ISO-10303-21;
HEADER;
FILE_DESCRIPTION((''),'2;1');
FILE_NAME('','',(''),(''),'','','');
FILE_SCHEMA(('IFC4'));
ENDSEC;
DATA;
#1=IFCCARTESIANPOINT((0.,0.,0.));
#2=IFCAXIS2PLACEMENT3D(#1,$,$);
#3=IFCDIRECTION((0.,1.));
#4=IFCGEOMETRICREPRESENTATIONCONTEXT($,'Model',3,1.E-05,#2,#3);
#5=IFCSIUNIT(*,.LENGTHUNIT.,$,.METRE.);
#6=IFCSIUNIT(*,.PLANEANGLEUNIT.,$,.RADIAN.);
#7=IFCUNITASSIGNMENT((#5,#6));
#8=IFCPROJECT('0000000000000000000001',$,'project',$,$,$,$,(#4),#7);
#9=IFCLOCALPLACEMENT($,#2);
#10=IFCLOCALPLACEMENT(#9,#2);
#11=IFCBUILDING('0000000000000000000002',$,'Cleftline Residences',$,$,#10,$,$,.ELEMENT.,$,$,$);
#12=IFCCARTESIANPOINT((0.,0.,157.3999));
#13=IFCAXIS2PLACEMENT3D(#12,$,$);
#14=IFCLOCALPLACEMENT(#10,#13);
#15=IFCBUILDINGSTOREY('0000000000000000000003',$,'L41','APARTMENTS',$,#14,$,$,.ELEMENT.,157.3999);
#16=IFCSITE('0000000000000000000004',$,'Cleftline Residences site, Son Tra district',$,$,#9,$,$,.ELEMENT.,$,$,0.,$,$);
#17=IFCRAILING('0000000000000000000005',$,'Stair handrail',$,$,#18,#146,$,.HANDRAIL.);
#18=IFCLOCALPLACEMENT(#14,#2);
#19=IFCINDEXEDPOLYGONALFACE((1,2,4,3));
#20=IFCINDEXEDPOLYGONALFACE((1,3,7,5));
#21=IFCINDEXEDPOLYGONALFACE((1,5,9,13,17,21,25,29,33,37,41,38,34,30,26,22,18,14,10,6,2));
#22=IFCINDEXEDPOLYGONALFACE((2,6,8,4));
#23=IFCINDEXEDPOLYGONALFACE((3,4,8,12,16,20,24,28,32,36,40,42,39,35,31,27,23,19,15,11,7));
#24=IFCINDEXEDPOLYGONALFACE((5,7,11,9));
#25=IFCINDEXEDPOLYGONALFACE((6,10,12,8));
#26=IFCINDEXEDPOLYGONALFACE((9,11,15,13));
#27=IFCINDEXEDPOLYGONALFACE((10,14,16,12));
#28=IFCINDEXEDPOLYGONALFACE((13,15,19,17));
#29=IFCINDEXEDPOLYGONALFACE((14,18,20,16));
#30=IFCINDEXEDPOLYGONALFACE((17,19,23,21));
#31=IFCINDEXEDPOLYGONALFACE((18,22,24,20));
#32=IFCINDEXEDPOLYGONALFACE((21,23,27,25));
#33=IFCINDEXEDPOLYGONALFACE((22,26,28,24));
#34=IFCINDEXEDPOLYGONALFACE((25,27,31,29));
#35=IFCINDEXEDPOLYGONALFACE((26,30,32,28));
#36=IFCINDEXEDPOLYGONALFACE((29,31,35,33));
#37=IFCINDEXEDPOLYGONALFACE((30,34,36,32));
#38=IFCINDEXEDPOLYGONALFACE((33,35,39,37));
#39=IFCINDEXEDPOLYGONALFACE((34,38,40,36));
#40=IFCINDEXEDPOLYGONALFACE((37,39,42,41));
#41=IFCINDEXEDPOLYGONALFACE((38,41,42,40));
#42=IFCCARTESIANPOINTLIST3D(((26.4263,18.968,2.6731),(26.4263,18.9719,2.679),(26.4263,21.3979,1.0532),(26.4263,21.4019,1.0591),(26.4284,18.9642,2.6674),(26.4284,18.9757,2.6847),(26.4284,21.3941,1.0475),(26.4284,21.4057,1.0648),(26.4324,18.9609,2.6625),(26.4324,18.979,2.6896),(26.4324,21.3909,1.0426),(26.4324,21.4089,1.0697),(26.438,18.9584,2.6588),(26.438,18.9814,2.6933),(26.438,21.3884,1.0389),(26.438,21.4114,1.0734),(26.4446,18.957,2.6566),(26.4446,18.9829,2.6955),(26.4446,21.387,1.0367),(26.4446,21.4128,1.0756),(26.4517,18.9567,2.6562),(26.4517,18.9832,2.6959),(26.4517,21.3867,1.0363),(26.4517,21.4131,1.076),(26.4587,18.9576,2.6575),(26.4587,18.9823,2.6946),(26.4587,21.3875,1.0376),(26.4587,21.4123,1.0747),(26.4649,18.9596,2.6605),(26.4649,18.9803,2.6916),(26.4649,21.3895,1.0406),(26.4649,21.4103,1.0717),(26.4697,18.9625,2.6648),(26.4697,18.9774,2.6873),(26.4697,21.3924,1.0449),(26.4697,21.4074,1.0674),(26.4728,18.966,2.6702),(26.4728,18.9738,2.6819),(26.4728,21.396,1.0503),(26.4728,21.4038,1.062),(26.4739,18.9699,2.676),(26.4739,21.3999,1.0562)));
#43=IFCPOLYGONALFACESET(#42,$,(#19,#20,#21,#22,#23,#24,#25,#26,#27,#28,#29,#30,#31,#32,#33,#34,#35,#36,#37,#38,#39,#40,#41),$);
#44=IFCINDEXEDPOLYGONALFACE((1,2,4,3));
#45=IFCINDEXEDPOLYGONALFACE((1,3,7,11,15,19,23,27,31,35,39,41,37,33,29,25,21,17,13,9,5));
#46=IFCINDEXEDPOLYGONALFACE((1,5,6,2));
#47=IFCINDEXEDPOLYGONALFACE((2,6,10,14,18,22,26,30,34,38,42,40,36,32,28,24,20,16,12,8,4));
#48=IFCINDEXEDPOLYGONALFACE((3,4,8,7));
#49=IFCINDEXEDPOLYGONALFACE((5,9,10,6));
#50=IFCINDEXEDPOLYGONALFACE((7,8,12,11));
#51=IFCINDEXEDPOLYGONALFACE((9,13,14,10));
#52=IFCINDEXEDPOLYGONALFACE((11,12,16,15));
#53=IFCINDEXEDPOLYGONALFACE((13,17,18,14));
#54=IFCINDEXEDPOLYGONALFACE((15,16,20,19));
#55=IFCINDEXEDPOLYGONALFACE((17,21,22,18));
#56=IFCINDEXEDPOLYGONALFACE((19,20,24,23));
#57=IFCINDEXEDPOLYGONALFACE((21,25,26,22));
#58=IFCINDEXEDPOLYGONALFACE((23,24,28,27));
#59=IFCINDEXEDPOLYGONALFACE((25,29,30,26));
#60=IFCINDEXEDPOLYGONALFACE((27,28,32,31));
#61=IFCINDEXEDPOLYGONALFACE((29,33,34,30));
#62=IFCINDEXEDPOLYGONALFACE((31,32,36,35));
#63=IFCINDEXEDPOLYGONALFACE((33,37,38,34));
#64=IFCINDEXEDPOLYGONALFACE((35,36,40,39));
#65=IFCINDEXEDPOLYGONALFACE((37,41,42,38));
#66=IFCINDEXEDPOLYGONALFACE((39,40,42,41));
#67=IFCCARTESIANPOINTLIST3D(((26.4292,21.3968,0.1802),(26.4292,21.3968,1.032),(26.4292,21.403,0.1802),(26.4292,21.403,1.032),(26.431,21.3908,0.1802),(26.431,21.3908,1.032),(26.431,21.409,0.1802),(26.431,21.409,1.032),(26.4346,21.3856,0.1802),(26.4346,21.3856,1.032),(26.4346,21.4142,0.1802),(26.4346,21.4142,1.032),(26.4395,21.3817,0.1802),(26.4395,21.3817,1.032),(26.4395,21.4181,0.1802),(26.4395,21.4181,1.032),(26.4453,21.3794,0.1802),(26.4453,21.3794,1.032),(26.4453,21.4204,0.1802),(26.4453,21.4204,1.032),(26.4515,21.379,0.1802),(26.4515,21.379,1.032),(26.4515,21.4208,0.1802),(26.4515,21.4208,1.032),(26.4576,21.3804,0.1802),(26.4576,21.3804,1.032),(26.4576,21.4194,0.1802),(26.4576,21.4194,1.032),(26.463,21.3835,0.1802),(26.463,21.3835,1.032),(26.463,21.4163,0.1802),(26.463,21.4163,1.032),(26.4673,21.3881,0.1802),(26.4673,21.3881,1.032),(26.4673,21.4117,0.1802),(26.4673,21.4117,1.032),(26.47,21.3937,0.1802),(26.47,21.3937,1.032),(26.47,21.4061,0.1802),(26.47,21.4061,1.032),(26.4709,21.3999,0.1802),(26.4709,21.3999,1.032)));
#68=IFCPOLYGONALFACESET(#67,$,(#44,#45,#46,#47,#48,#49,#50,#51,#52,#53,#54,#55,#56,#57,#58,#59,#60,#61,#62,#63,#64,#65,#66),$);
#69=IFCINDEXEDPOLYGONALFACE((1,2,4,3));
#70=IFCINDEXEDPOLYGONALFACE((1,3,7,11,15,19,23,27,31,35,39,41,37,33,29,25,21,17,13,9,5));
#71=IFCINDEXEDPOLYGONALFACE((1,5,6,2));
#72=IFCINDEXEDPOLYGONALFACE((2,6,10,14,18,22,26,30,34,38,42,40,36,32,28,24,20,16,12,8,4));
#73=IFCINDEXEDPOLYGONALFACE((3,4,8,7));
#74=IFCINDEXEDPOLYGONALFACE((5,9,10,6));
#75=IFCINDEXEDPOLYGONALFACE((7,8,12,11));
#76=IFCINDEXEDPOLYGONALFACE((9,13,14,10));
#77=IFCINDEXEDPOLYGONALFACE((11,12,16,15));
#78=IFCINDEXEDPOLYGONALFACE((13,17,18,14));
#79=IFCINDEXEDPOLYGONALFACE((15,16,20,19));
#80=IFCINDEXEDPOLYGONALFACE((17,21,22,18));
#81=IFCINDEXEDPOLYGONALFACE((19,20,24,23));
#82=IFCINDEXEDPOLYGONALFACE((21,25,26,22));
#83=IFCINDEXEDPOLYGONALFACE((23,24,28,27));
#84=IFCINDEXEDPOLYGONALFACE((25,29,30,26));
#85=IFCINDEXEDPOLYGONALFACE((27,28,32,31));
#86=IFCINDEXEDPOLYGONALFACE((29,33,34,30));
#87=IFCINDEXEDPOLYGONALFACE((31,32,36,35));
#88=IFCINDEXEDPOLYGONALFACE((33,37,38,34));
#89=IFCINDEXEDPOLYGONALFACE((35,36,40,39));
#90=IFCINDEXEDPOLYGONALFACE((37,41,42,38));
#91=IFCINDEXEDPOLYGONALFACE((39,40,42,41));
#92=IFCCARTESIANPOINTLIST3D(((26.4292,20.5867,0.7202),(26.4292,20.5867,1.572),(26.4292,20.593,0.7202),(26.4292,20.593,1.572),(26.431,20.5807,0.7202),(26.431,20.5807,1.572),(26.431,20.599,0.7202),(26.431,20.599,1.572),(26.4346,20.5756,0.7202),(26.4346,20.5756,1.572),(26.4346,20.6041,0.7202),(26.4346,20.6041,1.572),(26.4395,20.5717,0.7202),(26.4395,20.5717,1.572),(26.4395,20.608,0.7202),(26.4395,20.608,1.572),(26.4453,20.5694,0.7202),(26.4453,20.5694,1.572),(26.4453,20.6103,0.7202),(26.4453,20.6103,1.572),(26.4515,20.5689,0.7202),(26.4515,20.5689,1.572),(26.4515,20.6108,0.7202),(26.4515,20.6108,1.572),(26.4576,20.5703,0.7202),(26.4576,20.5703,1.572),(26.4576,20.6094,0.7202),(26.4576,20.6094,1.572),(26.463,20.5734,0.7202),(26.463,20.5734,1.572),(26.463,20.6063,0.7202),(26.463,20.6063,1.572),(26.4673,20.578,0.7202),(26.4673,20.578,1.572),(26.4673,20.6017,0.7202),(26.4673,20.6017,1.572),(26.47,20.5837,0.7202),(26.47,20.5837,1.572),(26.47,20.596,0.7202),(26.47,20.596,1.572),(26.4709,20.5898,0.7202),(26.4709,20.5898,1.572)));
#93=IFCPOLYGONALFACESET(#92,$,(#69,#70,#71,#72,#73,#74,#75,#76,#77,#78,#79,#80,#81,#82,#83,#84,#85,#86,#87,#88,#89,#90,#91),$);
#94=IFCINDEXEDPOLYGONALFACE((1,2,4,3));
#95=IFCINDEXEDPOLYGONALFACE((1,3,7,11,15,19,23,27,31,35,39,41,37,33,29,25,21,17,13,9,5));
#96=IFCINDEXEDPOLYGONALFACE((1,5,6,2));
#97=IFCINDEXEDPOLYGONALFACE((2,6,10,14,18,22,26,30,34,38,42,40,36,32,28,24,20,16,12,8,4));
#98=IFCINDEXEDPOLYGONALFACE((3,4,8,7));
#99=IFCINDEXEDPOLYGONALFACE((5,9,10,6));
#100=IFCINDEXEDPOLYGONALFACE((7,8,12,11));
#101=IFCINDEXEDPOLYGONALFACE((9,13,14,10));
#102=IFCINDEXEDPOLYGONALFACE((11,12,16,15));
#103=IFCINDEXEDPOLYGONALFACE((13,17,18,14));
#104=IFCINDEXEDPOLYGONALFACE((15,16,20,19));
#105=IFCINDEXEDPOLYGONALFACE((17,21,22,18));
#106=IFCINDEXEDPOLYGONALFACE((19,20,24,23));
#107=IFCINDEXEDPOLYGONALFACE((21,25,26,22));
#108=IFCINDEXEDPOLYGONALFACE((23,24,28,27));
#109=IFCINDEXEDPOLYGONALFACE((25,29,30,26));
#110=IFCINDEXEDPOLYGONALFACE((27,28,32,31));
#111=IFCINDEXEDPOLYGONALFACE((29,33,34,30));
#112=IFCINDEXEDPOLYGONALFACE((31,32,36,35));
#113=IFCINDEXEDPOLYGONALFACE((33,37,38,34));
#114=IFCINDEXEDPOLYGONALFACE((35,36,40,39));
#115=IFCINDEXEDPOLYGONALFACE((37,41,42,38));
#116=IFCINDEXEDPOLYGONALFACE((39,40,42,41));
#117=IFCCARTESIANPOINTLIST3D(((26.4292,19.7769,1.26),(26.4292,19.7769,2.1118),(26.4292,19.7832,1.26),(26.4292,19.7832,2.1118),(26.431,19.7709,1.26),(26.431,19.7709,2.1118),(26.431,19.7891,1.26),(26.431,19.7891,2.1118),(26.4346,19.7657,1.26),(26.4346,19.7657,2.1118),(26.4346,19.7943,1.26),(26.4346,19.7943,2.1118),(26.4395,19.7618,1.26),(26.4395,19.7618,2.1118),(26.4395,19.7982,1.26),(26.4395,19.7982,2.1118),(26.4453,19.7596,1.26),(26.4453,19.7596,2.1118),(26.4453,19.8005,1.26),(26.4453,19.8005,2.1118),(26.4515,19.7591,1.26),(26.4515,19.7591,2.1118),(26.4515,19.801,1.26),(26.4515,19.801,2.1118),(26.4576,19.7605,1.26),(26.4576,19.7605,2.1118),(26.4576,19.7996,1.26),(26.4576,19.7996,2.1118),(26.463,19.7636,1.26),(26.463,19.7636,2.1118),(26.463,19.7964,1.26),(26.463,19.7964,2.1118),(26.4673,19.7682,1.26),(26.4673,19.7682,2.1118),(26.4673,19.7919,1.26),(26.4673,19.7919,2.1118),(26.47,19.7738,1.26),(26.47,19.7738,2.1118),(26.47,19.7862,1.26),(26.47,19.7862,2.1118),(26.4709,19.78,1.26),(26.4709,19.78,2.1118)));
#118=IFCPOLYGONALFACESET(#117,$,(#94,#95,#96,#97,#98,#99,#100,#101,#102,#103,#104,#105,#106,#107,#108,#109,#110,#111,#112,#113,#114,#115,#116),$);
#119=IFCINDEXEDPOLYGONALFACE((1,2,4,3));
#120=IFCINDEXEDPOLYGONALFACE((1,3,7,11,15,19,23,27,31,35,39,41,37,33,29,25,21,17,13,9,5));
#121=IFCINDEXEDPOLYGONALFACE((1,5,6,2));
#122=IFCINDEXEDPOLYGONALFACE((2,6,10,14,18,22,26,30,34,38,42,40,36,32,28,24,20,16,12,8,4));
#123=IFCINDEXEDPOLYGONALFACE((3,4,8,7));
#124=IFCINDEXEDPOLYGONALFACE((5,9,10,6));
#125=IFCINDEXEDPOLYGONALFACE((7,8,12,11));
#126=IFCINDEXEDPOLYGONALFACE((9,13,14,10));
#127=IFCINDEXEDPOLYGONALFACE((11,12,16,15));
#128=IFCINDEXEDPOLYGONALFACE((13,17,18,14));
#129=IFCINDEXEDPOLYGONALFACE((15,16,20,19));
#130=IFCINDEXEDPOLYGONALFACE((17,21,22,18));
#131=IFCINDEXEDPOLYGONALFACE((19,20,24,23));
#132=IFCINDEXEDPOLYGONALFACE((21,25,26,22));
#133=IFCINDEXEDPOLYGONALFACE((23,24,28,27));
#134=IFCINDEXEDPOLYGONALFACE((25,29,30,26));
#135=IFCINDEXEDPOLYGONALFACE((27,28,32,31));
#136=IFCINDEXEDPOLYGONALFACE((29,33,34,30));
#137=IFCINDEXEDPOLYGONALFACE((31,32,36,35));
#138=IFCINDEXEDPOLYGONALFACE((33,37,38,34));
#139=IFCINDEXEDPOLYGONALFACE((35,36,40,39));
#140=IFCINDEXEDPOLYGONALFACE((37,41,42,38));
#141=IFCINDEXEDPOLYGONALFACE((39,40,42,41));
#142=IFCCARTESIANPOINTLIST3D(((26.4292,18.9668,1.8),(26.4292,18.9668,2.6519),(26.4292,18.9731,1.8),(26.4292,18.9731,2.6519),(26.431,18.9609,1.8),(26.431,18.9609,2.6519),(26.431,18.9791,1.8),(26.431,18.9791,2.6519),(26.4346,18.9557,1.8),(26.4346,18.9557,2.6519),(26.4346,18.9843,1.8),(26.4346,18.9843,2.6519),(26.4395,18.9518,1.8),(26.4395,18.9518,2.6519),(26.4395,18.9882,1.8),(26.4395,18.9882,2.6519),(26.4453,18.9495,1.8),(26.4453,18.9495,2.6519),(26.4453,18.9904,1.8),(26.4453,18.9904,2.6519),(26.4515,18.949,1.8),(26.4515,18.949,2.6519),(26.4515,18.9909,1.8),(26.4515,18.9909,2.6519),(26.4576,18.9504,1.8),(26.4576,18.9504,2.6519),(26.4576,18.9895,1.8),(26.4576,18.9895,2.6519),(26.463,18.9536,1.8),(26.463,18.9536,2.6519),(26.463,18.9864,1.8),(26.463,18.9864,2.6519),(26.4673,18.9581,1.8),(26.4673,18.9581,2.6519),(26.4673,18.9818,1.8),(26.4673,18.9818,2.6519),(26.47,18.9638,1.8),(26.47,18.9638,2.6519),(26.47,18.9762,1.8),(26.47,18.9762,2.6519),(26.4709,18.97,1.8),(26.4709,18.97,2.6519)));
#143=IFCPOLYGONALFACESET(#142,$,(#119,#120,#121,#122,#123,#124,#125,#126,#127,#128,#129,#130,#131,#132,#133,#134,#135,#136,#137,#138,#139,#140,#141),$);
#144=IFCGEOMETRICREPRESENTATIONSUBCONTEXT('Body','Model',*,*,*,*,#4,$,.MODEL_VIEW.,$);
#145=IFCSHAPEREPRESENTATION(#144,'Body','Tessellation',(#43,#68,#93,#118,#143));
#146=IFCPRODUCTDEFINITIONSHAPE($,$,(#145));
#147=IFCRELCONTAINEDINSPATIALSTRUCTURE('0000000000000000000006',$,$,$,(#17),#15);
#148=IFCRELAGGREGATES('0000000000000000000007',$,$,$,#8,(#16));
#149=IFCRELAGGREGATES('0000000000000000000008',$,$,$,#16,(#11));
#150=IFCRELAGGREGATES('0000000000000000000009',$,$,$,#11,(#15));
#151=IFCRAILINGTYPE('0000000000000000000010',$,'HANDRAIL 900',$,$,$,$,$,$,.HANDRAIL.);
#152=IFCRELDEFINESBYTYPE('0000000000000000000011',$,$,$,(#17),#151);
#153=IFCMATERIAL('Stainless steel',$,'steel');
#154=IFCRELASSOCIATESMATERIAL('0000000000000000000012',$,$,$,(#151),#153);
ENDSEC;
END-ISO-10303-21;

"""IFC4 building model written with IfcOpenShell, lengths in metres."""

from ifc_helpers import new_model, si_unit, direction, frame, origin, origin_2d, place, context, subcontext, project, spatial, circle, extrude, material, type_object, element, save


model = new_model("IFC4")

# Units and contexts
model_context = context("Model", 3, precision=1e-05, world=origin(), true_north=direction((0.0, 1.0)))
body_context = subcontext(model_context, "Body", "Model", "MODEL_VIEW")
ifc_project = project(units=[si_unit("LENGTHUNIT", "METRE"), si_unit("PLANEANGLEUNIT", "RADIAN")], contexts=[model_context])

# Site, building, storey
site_placement = place(None, origin())
site = spatial("IfcSite", under=ifc_project, at=site_placement, Name="Cleftline Residences site, Son Tra district", CompositionType="ELEMENT", RefElevation=0.0)
building_placement = place(site_placement, origin())
building = spatial("IfcBuilding", under=site, at=building_placement, Name="Cleftline Residences", CompositionType="ELEMENT")
storey_placement = place(building_placement, frame((0.0, 0.0, 157.3999)))
storey = spatial("IfcBuildingStorey", under=building, at=storey_placement, Name="L41", Description="APARTMENTS", CompositionType="ELEMENT", Elevation=157.3999)

# Railing
ifc_material_1 = material(Name="Stainless steel", Category="steel")
railing_type = type_object("IfcRailingType", Name="HANDRAIL 900", PredefinedType="HANDRAIL", material=ifc_material_1)
railing_1_placement = place(storey_placement, frame((26.45, 21.3999, 0.1802)))
element("IfcRailing", 1, at=railing_1_placement, inside=storey, type_object=railing_type, Name="Stair handrail", PredefinedType="HANDRAIL", context=body_context, shape_type="SweptSolid", body=[
    extrude(circle(Radius=0.0239, at=origin_2d()), frame((0.0, 0.0, 0.876), z_axis=(0.0, -0.832063, 0.554681), x_axis=(1.0, 0.0, 0.0)), (0.0, 0.0, 1.0), 2.9204),
    extrude(circle(Radius=0.021, at=origin_2d()), origin(), (0.0, 0.0, 1.0), 0.8518),
    extrude(circle(Radius=0.021, at=origin_2d()), frame((0.0, -0.8101, 0.54)), (0.0, 0.0, 1.0), 0.8518),
    extrude(circle(Radius=0.021, at=origin_2d()), frame((0.0, -1.6199, 1.0798)), (0.0, 0.0, 1.0), 0.8518),
    extrude(circle(Radius=0.021, at=origin_2d()), frame((0.0, -2.4299, 1.6199)), (0.0, 0.0, 1.0), 0.8518),
])

save(model, "model.ifc")
